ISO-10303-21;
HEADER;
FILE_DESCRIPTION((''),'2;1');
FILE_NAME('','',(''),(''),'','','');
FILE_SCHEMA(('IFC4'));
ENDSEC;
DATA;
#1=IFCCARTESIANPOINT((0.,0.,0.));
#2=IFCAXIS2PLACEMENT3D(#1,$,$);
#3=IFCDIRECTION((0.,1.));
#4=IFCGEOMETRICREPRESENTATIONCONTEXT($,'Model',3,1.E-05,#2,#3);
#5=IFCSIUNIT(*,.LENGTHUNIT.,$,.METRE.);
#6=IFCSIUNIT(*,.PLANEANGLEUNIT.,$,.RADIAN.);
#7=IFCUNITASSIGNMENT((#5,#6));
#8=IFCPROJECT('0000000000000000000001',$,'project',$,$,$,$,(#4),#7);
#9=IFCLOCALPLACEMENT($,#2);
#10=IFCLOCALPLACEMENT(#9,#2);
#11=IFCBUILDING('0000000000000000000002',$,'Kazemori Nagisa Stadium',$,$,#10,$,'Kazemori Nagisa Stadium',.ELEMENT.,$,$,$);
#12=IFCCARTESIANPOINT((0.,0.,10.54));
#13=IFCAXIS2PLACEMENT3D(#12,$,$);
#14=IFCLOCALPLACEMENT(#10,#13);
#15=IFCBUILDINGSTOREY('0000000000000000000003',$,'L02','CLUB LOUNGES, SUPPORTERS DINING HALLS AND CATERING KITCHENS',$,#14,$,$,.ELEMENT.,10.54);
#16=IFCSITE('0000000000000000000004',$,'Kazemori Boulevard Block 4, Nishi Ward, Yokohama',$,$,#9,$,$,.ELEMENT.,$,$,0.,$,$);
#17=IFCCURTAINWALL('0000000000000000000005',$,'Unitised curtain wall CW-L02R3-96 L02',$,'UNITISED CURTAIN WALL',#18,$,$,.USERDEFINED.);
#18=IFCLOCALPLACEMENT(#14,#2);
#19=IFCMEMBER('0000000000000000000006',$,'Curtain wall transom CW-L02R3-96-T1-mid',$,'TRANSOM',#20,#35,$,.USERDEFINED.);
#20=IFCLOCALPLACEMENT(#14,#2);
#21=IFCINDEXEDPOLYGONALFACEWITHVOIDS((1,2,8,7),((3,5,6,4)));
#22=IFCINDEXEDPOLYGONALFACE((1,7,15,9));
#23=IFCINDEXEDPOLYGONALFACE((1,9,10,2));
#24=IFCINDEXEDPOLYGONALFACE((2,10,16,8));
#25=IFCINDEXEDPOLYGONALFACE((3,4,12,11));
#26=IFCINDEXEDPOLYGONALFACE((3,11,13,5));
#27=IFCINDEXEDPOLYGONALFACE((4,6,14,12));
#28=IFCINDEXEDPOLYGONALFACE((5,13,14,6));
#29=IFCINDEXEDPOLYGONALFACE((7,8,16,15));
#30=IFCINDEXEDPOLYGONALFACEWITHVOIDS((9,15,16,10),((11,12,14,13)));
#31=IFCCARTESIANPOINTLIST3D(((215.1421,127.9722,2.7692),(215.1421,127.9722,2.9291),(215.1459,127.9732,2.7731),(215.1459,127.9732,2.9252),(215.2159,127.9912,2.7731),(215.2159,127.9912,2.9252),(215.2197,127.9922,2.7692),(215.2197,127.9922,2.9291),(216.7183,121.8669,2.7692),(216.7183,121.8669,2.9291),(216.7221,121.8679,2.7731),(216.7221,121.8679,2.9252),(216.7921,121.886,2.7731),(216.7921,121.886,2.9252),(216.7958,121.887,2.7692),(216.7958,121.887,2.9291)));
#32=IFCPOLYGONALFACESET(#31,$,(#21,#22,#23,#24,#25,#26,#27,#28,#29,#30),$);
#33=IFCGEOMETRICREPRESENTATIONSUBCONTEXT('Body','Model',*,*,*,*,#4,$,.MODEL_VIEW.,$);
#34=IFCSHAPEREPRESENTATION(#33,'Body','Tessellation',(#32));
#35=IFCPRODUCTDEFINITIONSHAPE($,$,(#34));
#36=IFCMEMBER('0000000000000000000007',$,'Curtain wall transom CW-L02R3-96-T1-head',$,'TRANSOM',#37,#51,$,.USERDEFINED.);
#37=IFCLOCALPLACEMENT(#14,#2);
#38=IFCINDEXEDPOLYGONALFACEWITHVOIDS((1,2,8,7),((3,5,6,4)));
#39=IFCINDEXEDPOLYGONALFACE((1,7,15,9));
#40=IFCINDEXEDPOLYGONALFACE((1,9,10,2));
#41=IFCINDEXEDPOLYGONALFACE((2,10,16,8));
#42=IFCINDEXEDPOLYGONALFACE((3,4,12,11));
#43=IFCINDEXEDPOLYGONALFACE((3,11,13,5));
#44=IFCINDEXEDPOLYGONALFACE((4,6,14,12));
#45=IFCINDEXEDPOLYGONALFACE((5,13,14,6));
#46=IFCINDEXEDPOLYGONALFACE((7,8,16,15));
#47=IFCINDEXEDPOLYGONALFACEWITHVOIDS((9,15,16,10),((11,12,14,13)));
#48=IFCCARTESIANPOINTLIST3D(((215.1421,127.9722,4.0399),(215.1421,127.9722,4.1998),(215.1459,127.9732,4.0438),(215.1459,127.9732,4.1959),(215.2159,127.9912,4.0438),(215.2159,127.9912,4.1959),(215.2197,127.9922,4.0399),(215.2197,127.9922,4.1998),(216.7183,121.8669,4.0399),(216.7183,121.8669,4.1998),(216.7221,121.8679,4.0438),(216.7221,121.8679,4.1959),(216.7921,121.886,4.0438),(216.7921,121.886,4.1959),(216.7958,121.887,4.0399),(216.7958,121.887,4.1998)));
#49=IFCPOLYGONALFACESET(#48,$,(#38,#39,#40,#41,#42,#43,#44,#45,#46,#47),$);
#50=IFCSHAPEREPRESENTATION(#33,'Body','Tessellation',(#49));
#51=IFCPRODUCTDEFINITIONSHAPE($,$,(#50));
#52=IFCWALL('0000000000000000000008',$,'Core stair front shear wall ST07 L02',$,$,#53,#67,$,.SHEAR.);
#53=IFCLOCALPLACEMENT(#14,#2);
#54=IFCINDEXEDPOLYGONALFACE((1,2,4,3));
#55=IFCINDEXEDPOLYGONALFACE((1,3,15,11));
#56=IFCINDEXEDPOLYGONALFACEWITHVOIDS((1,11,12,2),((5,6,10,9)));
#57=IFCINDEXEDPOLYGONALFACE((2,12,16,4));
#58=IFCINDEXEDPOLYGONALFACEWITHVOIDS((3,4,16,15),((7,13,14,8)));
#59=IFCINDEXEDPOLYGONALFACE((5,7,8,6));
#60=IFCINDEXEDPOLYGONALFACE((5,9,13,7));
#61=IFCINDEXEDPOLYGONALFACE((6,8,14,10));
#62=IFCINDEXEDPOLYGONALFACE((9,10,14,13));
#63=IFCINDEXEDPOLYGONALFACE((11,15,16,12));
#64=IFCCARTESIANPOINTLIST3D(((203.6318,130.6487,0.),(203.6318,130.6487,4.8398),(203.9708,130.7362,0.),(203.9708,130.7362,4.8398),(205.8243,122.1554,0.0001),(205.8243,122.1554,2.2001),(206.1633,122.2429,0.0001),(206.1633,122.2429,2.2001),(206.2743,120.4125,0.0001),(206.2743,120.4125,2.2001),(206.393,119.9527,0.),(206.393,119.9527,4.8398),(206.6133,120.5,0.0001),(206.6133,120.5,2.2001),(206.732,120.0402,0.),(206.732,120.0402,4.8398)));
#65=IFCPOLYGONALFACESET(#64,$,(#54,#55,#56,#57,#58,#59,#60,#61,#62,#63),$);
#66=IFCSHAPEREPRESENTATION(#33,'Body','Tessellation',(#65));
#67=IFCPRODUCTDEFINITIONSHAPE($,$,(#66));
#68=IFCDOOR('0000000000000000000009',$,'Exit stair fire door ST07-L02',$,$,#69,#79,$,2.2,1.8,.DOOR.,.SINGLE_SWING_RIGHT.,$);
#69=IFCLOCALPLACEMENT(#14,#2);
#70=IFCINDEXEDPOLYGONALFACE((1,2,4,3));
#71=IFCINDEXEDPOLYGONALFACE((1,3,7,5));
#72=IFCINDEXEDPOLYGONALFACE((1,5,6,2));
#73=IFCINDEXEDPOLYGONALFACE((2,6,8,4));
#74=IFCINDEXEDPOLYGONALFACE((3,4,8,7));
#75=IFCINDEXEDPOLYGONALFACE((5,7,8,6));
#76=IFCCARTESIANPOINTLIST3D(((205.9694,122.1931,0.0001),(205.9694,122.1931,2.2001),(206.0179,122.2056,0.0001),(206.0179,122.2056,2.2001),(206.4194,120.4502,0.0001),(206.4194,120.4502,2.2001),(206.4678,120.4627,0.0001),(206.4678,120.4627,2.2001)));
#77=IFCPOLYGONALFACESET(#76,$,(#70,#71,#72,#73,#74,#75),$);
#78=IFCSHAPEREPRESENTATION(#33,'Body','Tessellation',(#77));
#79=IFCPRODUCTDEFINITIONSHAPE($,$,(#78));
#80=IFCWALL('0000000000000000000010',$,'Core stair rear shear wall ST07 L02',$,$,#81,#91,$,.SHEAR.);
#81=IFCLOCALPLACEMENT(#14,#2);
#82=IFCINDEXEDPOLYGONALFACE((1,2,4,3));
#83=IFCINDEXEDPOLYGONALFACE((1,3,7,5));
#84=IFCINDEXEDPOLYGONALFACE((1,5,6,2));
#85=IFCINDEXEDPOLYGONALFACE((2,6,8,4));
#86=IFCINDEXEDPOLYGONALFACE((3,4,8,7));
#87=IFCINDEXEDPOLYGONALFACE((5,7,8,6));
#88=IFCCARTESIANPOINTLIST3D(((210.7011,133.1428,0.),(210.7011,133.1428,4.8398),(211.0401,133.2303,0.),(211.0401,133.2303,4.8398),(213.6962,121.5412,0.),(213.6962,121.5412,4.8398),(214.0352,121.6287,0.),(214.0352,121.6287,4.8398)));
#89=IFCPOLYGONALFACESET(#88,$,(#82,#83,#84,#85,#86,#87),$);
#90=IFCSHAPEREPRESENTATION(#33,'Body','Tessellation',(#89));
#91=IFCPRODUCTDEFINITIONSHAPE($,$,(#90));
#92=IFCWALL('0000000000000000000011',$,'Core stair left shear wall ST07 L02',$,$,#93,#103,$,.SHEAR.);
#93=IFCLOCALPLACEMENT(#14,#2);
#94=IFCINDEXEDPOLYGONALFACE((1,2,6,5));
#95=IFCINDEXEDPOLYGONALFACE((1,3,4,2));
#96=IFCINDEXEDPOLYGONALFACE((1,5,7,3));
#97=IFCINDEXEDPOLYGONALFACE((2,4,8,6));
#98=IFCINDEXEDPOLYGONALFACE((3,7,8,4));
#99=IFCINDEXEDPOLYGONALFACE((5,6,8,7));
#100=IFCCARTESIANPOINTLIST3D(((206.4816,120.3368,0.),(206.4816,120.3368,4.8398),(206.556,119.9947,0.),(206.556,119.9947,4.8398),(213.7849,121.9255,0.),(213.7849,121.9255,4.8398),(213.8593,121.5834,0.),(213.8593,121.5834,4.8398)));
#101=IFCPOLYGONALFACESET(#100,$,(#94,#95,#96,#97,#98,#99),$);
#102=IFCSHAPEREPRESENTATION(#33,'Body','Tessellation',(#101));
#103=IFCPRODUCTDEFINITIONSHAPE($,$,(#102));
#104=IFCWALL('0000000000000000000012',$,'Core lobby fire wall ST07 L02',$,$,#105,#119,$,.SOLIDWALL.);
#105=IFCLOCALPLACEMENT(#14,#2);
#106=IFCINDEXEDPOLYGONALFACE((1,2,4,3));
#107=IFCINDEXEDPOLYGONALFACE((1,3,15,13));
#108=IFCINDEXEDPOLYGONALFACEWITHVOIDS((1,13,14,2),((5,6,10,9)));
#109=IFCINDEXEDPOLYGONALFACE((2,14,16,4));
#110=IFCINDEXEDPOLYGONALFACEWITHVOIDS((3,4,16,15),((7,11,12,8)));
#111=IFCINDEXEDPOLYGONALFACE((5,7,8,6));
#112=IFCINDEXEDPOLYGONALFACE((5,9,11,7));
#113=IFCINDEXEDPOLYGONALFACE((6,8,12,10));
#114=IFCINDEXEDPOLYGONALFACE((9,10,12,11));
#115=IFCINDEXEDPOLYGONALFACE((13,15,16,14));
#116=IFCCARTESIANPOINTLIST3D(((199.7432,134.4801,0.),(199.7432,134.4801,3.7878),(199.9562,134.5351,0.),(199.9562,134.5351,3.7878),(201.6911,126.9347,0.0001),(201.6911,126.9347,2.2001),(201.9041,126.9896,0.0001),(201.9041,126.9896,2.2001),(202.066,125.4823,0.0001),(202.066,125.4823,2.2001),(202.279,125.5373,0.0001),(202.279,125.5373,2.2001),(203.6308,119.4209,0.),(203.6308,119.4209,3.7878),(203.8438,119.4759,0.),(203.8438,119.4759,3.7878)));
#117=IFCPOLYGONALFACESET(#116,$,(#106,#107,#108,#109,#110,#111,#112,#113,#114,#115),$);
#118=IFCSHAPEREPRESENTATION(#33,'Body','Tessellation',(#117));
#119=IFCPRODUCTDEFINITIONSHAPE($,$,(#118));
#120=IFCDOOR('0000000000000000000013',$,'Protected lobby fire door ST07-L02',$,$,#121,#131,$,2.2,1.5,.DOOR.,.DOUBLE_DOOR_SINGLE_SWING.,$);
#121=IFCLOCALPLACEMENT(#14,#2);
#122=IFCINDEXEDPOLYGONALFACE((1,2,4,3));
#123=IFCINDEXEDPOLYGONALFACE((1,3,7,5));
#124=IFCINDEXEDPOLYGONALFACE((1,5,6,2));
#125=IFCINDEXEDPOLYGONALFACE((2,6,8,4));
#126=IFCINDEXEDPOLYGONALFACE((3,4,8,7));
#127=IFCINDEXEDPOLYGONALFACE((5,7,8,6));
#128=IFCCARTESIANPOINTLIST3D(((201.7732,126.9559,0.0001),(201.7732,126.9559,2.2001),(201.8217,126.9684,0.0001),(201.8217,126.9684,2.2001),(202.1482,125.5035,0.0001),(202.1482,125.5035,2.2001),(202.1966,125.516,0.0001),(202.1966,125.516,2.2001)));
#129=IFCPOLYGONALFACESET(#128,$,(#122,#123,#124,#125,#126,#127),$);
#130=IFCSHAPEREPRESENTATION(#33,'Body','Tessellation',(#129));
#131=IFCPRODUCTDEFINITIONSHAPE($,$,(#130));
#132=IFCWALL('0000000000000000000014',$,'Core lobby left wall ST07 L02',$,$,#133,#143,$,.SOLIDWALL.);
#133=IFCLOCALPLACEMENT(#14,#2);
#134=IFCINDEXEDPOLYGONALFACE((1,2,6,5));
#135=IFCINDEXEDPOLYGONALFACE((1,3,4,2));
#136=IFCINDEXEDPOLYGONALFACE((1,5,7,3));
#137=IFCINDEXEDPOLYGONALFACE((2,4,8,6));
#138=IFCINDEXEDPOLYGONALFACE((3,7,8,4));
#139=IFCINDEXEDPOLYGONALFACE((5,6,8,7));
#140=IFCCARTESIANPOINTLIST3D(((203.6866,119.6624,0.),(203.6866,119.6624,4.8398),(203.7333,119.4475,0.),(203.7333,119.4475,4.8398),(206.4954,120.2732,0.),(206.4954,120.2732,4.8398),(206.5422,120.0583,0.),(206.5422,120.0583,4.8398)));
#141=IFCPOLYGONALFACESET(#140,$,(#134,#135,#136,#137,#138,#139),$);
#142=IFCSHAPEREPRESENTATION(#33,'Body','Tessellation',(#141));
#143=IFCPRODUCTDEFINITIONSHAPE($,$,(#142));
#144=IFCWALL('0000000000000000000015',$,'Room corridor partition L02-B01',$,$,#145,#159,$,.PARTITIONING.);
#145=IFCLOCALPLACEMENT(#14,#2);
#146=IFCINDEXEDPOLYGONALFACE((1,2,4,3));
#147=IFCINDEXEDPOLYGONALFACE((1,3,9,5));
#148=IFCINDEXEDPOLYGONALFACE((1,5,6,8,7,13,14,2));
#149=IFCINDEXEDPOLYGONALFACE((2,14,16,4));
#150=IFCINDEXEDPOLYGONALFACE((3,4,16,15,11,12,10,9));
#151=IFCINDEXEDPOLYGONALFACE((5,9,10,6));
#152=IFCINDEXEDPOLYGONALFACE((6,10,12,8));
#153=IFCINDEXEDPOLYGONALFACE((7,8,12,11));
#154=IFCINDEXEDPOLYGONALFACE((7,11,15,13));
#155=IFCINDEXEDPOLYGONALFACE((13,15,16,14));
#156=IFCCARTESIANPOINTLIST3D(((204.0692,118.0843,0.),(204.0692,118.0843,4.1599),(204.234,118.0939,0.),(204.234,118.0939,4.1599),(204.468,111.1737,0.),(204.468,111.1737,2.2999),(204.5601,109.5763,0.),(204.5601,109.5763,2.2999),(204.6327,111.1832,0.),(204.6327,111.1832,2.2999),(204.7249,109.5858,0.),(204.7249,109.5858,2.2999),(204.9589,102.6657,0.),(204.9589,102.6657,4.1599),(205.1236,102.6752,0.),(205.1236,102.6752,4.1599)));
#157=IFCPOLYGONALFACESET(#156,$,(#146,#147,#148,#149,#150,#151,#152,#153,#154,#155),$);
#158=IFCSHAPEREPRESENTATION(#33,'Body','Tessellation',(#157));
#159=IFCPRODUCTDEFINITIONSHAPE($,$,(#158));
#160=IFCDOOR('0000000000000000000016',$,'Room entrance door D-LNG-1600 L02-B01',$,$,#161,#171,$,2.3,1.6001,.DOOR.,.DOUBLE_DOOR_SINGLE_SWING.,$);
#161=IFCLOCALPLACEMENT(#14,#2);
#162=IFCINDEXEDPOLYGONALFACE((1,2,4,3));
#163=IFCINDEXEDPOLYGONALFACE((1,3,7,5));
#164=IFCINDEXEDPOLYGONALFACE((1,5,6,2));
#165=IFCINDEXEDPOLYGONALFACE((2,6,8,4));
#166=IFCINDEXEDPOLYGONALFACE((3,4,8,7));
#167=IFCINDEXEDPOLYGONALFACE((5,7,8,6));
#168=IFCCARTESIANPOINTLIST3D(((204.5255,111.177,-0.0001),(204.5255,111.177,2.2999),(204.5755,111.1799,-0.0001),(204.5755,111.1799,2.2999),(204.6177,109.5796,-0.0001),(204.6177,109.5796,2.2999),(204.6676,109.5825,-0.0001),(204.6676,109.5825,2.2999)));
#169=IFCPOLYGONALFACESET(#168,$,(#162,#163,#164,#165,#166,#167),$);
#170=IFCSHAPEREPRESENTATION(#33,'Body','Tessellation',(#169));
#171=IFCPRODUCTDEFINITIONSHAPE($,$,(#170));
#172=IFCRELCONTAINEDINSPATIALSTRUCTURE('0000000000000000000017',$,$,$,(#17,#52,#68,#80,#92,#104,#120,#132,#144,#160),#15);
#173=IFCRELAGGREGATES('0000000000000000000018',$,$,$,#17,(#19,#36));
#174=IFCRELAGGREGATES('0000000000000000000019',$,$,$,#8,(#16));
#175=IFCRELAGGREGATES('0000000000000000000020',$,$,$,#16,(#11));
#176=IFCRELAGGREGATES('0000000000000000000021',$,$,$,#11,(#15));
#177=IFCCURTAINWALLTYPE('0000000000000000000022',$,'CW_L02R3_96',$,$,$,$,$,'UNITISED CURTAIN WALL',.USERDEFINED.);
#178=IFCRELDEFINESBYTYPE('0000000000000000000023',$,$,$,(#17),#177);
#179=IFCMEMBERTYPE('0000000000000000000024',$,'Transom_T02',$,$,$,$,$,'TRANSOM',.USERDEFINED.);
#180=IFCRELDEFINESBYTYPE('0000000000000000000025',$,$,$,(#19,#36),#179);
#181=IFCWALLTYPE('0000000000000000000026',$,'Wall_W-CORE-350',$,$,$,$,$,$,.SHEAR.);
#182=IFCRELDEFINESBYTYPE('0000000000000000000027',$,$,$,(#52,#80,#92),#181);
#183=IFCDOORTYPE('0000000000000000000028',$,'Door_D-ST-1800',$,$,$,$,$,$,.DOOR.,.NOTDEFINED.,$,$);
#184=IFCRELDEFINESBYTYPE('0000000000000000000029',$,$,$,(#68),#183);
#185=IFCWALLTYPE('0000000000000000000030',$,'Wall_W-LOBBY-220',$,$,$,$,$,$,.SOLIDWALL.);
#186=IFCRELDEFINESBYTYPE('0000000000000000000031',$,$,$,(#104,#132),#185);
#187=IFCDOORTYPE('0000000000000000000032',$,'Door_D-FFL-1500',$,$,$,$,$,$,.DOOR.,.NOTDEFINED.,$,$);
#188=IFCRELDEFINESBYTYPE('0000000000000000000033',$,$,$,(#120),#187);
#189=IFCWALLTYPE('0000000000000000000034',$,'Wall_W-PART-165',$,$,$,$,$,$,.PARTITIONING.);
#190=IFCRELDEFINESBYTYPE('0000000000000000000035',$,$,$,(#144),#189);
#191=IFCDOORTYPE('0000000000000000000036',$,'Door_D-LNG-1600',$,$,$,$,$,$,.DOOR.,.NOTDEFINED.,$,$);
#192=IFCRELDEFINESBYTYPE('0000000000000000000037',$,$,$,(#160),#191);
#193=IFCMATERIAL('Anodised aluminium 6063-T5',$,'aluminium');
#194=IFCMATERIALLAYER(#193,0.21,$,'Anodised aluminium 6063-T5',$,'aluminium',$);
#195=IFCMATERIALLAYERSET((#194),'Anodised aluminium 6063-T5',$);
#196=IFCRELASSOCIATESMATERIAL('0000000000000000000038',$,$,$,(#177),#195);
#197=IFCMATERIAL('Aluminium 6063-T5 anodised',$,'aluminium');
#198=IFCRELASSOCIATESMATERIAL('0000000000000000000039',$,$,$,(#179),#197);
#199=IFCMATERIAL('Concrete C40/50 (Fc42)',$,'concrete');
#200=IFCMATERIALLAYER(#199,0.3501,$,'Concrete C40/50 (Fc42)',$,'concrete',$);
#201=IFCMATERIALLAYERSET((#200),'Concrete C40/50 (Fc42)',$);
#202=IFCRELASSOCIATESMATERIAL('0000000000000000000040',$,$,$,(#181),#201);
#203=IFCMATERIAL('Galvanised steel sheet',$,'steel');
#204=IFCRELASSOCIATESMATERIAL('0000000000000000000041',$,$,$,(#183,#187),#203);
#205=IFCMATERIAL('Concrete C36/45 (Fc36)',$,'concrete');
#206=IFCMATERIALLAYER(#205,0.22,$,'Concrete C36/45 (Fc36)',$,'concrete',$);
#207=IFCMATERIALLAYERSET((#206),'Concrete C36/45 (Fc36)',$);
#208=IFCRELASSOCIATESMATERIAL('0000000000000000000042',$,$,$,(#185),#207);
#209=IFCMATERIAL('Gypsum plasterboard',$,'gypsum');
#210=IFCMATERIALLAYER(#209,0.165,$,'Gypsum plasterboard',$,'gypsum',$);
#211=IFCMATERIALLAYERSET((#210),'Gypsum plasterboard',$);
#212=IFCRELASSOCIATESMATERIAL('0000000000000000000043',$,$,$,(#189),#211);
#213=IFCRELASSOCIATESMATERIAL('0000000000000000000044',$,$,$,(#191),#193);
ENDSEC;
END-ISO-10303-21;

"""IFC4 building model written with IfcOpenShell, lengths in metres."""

from ifc_helpers import new_model, si_unit, direction, frame, frame_2d, origin, origin_2d, place, context, subcontext, project, spatial, rectangle, hollow_rectangle, extrude, material, layer, layer_set, material_profile, profile_set, type_object, element, fill, aggregate, save


model = new_model("IFC4")

# Units and contexts
model_context = context("Model", 3, precision=1e-05, world=origin(), true_north=direction((0.0, 1.0)))
body_context = subcontext(model_context, "Body", "Model", "MODEL_VIEW")
ifc_project = project(units=[si_unit("LENGTHUNIT", "METRE"), si_unit("PLANEANGLEUNIT", "RADIAN")], contexts=[model_context])

# Site, building, storey
site_placement = place(None, origin())
site = spatial("IfcSite", under=ifc_project, at=site_placement, Name="Kazemori Boulevard Block 4, Nishi Ward, Yokohama", CompositionType="ELEMENT", RefElevation=0.0)
building_placement = place(site_placement, origin())
building = spatial("IfcBuilding", under=site, at=building_placement, Name="Kazemori Nagisa Stadium", LongName="Kazemori Nagisa Stadium", CompositionType="ELEMENT")
storey_placement = place(building_placement, frame((0.0, 0.0, 10.54)))
storey = spatial("IfcBuildingStorey", under=building, at=storey_placement, Name="L02", Description="CLUB LOUNGES, SUPPORTERS DINING HALLS AND CATERING KITCHENS", CompositionType="ELEMENT", Elevation=10.54)

# Shared definitions
ifc_material_1 = material(Name="Concrete C40/50 (Fc42)", Category="concrete")

# Curtain wall, members
ifc_material_2 = material(Name="Anodised aluminium 6063-T5", Category="aluminium")
ifc_layer_1 = layer(ifc_material_2, 0.21, Name="Anodised aluminium 6063-T5", Category="aluminium")
ifc_layer_set_1 = layer_set([ifc_layer_1], Name="Anodised aluminium 6063-T5")
curtain_wall_type = type_object("IfcCurtainWallType", Name="CW_L02R3_96", ElementType="UNITISED CURTAIN WALL", PredefinedType="USERDEFINED", material=ifc_layer_set_1)
curtain_wall_placement = place(storey_placement, origin())
curtain_wall = element("IfcCurtainWall", 1, at=curtain_wall_placement, inside=storey, type_object=curtain_wall_type, Name="Unitised curtain wall CW-L02R3-96 L02", ObjectType="UNITISED CURTAIN WALL", PredefinedType="USERDEFINED")
ifc_material_3 = material(Name="Aluminium 6063-T5 anodised", Category="aluminium")
ifc_material_profile_1 = material_profile(ifc_material_3, hollow_rectangle(XDim=0.0801, YDim=0.1599, WallThickness=0.0039, at=origin_2d()), Name="ALU-TRAN-80x160x4")
ifc_profile_set_1 = profile_set([ifc_material_profile_1], Name="Aluminium 6063-T5 anodised")
member_type = type_object("IfcMemberType", Name="Transom_T02", ElementType="TRANSOM", PredefinedType="USERDEFINED", material=ifc_profile_set_1)
member_1_placement = place(storey_placement, frame((216.7571, 121.877, 2.8491), z_axis=(-0.249972, 0.968253, 0.0), x_axis=(-0.968253, -0.249972, 0.0)))
member_1 = element("IfcMember", 2, at=member_1_placement, type_object=member_type, Name="Curtain wall transom CW-L02R3-96-T1-mid", ObjectType="TRANSOM", PredefinedType="USERDEFINED", context=body_context, shape_type="SweptSolid", body=[
    extrude(hollow_rectangle(XDim=0.0801, YDim=0.1599, WallThickness=0.0039, at=origin_2d()), origin(), (0.0, 0.0, 1.0), 6.3054),
])
member_2_placement = place(storey_placement, frame((216.7571, 121.877, 4.1199), z_axis=(-0.249972, 0.968253, 0.0), x_axis=(-0.968253, -0.249972, 0.0)))
member_2 = element("IfcMember", 3, at=member_2_placement, type_object=member_type, Name="Curtain wall transom CW-L02R3-96-T1-head", ObjectType="TRANSOM", PredefinedType="USERDEFINED", context=body_context, shape_type="SweptSolid", body=[
    extrude(hollow_rectangle(XDim=0.0801, YDim=0.1599, WallThickness=0.0039, at=origin_2d()), origin(), (0.0, 0.0, 1.0), 6.3054),
])
aggregate(curtain_wall, [member_1, member_2])

# Wall, opening, door
ifc_layer_2 = layer(ifc_material_1, 0.3501, Name="Concrete C40/50 (Fc42)", Category="concrete")
ifc_layer_set_2 = layer_set([ifc_layer_2], Name="Concrete C40/50 (Fc42)")
wall_type_1 = type_object("IfcWallType", Name="Wall_W-CORE-350", PredefinedType="SHEAR", material=ifc_layer_set_2)
wall_1_placement = place(storey_placement, frame((206.5625, 119.9963, 0.0), z_axis=(0.0, 0.0, 1.0), x_axis=(-0.24996, 0.968256, 0.0)))
wall_1 = element("IfcWall", 4, at=wall_1_placement, inside=storey, type_object=wall_type_1, Name="Core stair front shear wall ST07 L02", PredefinedType="SHEAR", context=body_context, shape_type="SweptSolid", body=[
    extrude(rectangle(XDim=11.0466, YDim=0.3501, at=frame_2d((5.5234, 0.0))), origin(), (0.0, 0.0, 1.0), 4.8398),
])
opening_1_placement = place(wall_1_placement, frame((0.4751, 0.0, 0.0)))
opening_1 = element("IfcOpeningElement", 5, at=opening_1_placement, cuts=wall_1, PredefinedType="OPENING", context=body_context, shape_type="SweptSolid", body=[
    extrude(rectangle(XDim=1.8, YDim=2.2, at=frame_2d((0.8999, 1.1001))), frame((0.0, 0.1851, 0.0), z_axis=(0.0, -1.0, 0.0), x_axis=(1.0, 0.0, 0.0)), (0.0, 0.0, 1.0), 0.3701),
])
ifc_material_4 = material(Name="Galvanised steel sheet", Category="steel")
door_type_1 = type_object("IfcDoorType", Name="Door_D-ST-1800", OperationType="NOTDEFINED", PredefinedType="DOOR", material=ifc_material_4)
door_1_placement = place(opening_1_placement, frame((1.8, 0.0, 0.0), z_axis=(0.0, 0.0, 1.0), x_axis=(-1.0, 0.0, 0.0)))
door_1 = element("IfcDoor", 6, at=door_1_placement, inside=storey, type_object=door_type_1, Name="Exit stair fire door ST07-L02", OperationType="SINGLE_SWING_RIGHT", OverallHeight=2.2, OverallWidth=1.8, PredefinedType="DOOR", context=body_context, shape_type="SweptSolid", body=[
    extrude(rectangle(XDim=1.8, YDim=2.2, at=frame_2d((0.8999, 1.1001))), frame((0.0, 0.0249, 0.0), z_axis=(0.0, -1.0, 0.0), x_axis=(1.0, 0.0, 0.0)), (0.0, 0.0, 1.0), 0.05),
])
fill(opening_1, door_1)

# Walls
wall_2_placement = place(storey_placement, frame((213.8657, 121.585, 0.0), z_axis=(0.0, 0.0, 1.0), x_axis=(-0.249969, 0.968254, 0.0)))
element("IfcWall", 7, at=wall_2_placement, inside=storey, type_object=wall_type_1, Name="Core stair rear shear wall ST07 L02", PredefinedType="SHEAR", context=body_context, shape_type="SweptSolid", body=[
    extrude(rectangle(XDim=11.9819, YDim=0.3501, at=frame_2d((5.991, 0.0))), origin(), (0.0, 0.0, 1.0), 4.8398),
])
wall_3_placement = place(storey_placement, frame((206.5188, 120.1658, 0.0), z_axis=(0.0, 0.0, 1.0), x_axis=(0.97715, 0.212553, 0.0)))
element("IfcWall", 8, at=wall_3_placement, inside=storey, type_object=wall_type_1, Name="Core stair left shear wall ST07 L02", PredefinedType="SHEAR", context=body_context, shape_type="SweptSolid", body=[
    extrude(rectangle(XDim=7.4741, YDim=0.3501, at=frame_2d((3.7371, 0.0))), origin(), (0.0, 0.0, 1.0), 4.8398),
])

# Wall, opening, door
ifc_material_5 = material(Name="Concrete C36/45 (Fc36)", Category="concrete")
ifc_layer_3 = layer(ifc_material_5, 0.22, Name="Concrete C36/45 (Fc36)", Category="concrete")
ifc_layer_set_3 = layer_set([ifc_layer_3], Name="Concrete C36/45 (Fc36)")
wall_type_2 = type_object("IfcWallType", Name="Wall_W-LOBBY-220", PredefinedType="SOLIDWALL", material=ifc_layer_set_3)
wall_4_placement = place(storey_placement, frame((203.7373, 119.4485, 0.0), z_axis=(0.0, 0.0, 1.0), x_axis=(-0.249963, 0.968255, 0.0)))
wall_4 = element("IfcWall", 9, at=wall_4_placement, inside=storey, type_object=wall_type_2, Name="Core lobby fire wall ST07 L02", PredefinedType="SOLIDWALL", context=body_context, shape_type="SweptSolid", body=[
    extrude(rectangle(XDim=15.553, YDim=0.22, at=frame_2d((7.7764, 0.0))), origin(), (0.0, 0.0, 1.0), 3.7878),
])
opening_2_placement = place(wall_4_placement, frame((6.26, 0.0, 0.0)))
opening_2 = element("IfcOpeningElement", 10, at=opening_2_placement, cuts=wall_4, PredefinedType="OPENING", context=body_context, shape_type="SweptSolid", body=[
    extrude(rectangle(XDim=1.5, YDim=2.2, at=frame_2d((0.75, 1.1001))), frame((0.0, 0.1199, 0.0), z_axis=(0.0, -1.0, 0.0), x_axis=(1.0, 0.0, 0.0)), (0.0, 0.0, 1.0), 0.24),
])
door_type_2 = type_object("IfcDoorType", Name="Door_D-FFL-1500", OperationType="NOTDEFINED", PredefinedType="DOOR", material=ifc_material_4)
door_2_placement = place(opening_2_placement, frame((1.5, 0.0, 0.0), z_axis=(0.0, 0.0, 1.0), x_axis=(-1.0, 0.0, 0.0)))
door_2 = element("IfcDoor", 11, at=door_2_placement, inside=storey, type_object=door_type_2, Name="Protected lobby fire door ST07-L02", OperationType="DOUBLE_DOOR_SINGLE_SWING", OverallHeight=2.2, OverallWidth=1.5, PredefinedType="DOOR", context=body_context, shape_type="SweptSolid", body=[
    extrude(rectangle(XDim=1.5, YDim=2.2, at=frame_2d((0.75, 1.1001))), frame((0.0, 0.0249, 0.0), z_axis=(0.0, -1.0, 0.0), x_axis=(1.0, 0.0, 0.0)), (0.0, 0.0, 1.0), 0.05),
])
fill(opening_2, door_2)

# Wall
wall_5_placement = place(storey_placement, frame((203.71, 119.5549, 0.0), z_axis=(0.0, 0.0, 1.0), x_axis=(0.97716, 0.212504, 0.0)))
element("IfcWall", 12, at=wall_5_placement, inside=storey, type_object=wall_type_2, Name="Core lobby left wall ST07 L02", PredefinedType="SOLIDWALL", context=body_context, shape_type="SweptSolid", body=[
    extrude(rectangle(XDim=2.8745, YDim=0.22, at=frame_2d((1.4373, 0.0))), origin(), (0.0, 0.0, 1.0), 4.8398),
])

# Wall, opening, door
ifc_material_6 = material(Name="Gypsum plasterboard", Category="gypsum")
ifc_layer_4 = layer(ifc_material_6, 0.165, Name="Gypsum plasterboard", Category="gypsum")
ifc_layer_set_4 = layer_set([ifc_layer_4], Name="Gypsum plasterboard")
wall_type_3 = type_object("IfcWallType", Name="Wall_W-PART-165", PredefinedType="PARTITIONING", material=ifc_layer_set_4)
wall_6_placement = place(storey_placement, frame((205.0413, 102.6704, 0.0), z_axis=(0.0, 0.0, 1.0), x_axis=(-0.057604, 0.99834, 0.0)))
wall_6 = element("IfcWall", 13, at=wall_6_placement, inside=storey, type_object=wall_type_3, Name="Room corridor partition L02-B01", PredefinedType="PARTITIONING", context=body_context, shape_type="SweptSolid", body=[
    extrude(rectangle(XDim=15.4443, YDim=0.165, at=frame_2d((7.7222, 0.0))), origin(), (0.0, 0.0, 1.0), 4.1599),
])
opening_3_placement = place(wall_6_placement, frame((6.9221, 0.0, 0.0)))
opening_3 = element("IfcOpeningElement", 14, at=opening_3_placement, cuts=wall_6, PredefinedType="OPENING", context=body_context, shape_type="SweptSolid", body=[
    extrude(rectangle(XDim=1.6001, YDim=2.3, at=frame_2d((0.8, 1.1499))), frame((0.0, 0.0925, 0.0), z_axis=(0.0, -1.0, 0.0), x_axis=(1.0, 0.0, 0.0)), (0.0, 0.0, 1.0), 0.1851),
])
door_type_3 = type_object("IfcDoorType", Name="Door_D-LNG-1600", OperationType="NOTDEFINED", PredefinedType="DOOR", material=ifc_material_2)
door_3_placement = place(opening_3_placement, origin())
door_3 = element("IfcDoor", 15, at=door_3_placement, inside=storey, type_object=door_type_3, Name="Room entrance door D-LNG-1600 L02-B01", OperationType="DOUBLE_DOOR_SINGLE_SWING", OverallHeight=2.3, OverallWidth=1.6001, PredefinedType="DOOR", context=body_context, shape_type="SweptSolid", body=[
    extrude(rectangle(XDim=1.6001, YDim=2.3, at=frame_2d((0.8, 1.1499))), frame((0.0, 0.0249, 0.0), z_axis=(0.0, -1.0, 0.0), x_axis=(1.0, 0.0, 0.0)), (0.0, 0.0, 1.0), 0.05),
])
fill(opening_3, door_3)

save(model, "model.ifc")
